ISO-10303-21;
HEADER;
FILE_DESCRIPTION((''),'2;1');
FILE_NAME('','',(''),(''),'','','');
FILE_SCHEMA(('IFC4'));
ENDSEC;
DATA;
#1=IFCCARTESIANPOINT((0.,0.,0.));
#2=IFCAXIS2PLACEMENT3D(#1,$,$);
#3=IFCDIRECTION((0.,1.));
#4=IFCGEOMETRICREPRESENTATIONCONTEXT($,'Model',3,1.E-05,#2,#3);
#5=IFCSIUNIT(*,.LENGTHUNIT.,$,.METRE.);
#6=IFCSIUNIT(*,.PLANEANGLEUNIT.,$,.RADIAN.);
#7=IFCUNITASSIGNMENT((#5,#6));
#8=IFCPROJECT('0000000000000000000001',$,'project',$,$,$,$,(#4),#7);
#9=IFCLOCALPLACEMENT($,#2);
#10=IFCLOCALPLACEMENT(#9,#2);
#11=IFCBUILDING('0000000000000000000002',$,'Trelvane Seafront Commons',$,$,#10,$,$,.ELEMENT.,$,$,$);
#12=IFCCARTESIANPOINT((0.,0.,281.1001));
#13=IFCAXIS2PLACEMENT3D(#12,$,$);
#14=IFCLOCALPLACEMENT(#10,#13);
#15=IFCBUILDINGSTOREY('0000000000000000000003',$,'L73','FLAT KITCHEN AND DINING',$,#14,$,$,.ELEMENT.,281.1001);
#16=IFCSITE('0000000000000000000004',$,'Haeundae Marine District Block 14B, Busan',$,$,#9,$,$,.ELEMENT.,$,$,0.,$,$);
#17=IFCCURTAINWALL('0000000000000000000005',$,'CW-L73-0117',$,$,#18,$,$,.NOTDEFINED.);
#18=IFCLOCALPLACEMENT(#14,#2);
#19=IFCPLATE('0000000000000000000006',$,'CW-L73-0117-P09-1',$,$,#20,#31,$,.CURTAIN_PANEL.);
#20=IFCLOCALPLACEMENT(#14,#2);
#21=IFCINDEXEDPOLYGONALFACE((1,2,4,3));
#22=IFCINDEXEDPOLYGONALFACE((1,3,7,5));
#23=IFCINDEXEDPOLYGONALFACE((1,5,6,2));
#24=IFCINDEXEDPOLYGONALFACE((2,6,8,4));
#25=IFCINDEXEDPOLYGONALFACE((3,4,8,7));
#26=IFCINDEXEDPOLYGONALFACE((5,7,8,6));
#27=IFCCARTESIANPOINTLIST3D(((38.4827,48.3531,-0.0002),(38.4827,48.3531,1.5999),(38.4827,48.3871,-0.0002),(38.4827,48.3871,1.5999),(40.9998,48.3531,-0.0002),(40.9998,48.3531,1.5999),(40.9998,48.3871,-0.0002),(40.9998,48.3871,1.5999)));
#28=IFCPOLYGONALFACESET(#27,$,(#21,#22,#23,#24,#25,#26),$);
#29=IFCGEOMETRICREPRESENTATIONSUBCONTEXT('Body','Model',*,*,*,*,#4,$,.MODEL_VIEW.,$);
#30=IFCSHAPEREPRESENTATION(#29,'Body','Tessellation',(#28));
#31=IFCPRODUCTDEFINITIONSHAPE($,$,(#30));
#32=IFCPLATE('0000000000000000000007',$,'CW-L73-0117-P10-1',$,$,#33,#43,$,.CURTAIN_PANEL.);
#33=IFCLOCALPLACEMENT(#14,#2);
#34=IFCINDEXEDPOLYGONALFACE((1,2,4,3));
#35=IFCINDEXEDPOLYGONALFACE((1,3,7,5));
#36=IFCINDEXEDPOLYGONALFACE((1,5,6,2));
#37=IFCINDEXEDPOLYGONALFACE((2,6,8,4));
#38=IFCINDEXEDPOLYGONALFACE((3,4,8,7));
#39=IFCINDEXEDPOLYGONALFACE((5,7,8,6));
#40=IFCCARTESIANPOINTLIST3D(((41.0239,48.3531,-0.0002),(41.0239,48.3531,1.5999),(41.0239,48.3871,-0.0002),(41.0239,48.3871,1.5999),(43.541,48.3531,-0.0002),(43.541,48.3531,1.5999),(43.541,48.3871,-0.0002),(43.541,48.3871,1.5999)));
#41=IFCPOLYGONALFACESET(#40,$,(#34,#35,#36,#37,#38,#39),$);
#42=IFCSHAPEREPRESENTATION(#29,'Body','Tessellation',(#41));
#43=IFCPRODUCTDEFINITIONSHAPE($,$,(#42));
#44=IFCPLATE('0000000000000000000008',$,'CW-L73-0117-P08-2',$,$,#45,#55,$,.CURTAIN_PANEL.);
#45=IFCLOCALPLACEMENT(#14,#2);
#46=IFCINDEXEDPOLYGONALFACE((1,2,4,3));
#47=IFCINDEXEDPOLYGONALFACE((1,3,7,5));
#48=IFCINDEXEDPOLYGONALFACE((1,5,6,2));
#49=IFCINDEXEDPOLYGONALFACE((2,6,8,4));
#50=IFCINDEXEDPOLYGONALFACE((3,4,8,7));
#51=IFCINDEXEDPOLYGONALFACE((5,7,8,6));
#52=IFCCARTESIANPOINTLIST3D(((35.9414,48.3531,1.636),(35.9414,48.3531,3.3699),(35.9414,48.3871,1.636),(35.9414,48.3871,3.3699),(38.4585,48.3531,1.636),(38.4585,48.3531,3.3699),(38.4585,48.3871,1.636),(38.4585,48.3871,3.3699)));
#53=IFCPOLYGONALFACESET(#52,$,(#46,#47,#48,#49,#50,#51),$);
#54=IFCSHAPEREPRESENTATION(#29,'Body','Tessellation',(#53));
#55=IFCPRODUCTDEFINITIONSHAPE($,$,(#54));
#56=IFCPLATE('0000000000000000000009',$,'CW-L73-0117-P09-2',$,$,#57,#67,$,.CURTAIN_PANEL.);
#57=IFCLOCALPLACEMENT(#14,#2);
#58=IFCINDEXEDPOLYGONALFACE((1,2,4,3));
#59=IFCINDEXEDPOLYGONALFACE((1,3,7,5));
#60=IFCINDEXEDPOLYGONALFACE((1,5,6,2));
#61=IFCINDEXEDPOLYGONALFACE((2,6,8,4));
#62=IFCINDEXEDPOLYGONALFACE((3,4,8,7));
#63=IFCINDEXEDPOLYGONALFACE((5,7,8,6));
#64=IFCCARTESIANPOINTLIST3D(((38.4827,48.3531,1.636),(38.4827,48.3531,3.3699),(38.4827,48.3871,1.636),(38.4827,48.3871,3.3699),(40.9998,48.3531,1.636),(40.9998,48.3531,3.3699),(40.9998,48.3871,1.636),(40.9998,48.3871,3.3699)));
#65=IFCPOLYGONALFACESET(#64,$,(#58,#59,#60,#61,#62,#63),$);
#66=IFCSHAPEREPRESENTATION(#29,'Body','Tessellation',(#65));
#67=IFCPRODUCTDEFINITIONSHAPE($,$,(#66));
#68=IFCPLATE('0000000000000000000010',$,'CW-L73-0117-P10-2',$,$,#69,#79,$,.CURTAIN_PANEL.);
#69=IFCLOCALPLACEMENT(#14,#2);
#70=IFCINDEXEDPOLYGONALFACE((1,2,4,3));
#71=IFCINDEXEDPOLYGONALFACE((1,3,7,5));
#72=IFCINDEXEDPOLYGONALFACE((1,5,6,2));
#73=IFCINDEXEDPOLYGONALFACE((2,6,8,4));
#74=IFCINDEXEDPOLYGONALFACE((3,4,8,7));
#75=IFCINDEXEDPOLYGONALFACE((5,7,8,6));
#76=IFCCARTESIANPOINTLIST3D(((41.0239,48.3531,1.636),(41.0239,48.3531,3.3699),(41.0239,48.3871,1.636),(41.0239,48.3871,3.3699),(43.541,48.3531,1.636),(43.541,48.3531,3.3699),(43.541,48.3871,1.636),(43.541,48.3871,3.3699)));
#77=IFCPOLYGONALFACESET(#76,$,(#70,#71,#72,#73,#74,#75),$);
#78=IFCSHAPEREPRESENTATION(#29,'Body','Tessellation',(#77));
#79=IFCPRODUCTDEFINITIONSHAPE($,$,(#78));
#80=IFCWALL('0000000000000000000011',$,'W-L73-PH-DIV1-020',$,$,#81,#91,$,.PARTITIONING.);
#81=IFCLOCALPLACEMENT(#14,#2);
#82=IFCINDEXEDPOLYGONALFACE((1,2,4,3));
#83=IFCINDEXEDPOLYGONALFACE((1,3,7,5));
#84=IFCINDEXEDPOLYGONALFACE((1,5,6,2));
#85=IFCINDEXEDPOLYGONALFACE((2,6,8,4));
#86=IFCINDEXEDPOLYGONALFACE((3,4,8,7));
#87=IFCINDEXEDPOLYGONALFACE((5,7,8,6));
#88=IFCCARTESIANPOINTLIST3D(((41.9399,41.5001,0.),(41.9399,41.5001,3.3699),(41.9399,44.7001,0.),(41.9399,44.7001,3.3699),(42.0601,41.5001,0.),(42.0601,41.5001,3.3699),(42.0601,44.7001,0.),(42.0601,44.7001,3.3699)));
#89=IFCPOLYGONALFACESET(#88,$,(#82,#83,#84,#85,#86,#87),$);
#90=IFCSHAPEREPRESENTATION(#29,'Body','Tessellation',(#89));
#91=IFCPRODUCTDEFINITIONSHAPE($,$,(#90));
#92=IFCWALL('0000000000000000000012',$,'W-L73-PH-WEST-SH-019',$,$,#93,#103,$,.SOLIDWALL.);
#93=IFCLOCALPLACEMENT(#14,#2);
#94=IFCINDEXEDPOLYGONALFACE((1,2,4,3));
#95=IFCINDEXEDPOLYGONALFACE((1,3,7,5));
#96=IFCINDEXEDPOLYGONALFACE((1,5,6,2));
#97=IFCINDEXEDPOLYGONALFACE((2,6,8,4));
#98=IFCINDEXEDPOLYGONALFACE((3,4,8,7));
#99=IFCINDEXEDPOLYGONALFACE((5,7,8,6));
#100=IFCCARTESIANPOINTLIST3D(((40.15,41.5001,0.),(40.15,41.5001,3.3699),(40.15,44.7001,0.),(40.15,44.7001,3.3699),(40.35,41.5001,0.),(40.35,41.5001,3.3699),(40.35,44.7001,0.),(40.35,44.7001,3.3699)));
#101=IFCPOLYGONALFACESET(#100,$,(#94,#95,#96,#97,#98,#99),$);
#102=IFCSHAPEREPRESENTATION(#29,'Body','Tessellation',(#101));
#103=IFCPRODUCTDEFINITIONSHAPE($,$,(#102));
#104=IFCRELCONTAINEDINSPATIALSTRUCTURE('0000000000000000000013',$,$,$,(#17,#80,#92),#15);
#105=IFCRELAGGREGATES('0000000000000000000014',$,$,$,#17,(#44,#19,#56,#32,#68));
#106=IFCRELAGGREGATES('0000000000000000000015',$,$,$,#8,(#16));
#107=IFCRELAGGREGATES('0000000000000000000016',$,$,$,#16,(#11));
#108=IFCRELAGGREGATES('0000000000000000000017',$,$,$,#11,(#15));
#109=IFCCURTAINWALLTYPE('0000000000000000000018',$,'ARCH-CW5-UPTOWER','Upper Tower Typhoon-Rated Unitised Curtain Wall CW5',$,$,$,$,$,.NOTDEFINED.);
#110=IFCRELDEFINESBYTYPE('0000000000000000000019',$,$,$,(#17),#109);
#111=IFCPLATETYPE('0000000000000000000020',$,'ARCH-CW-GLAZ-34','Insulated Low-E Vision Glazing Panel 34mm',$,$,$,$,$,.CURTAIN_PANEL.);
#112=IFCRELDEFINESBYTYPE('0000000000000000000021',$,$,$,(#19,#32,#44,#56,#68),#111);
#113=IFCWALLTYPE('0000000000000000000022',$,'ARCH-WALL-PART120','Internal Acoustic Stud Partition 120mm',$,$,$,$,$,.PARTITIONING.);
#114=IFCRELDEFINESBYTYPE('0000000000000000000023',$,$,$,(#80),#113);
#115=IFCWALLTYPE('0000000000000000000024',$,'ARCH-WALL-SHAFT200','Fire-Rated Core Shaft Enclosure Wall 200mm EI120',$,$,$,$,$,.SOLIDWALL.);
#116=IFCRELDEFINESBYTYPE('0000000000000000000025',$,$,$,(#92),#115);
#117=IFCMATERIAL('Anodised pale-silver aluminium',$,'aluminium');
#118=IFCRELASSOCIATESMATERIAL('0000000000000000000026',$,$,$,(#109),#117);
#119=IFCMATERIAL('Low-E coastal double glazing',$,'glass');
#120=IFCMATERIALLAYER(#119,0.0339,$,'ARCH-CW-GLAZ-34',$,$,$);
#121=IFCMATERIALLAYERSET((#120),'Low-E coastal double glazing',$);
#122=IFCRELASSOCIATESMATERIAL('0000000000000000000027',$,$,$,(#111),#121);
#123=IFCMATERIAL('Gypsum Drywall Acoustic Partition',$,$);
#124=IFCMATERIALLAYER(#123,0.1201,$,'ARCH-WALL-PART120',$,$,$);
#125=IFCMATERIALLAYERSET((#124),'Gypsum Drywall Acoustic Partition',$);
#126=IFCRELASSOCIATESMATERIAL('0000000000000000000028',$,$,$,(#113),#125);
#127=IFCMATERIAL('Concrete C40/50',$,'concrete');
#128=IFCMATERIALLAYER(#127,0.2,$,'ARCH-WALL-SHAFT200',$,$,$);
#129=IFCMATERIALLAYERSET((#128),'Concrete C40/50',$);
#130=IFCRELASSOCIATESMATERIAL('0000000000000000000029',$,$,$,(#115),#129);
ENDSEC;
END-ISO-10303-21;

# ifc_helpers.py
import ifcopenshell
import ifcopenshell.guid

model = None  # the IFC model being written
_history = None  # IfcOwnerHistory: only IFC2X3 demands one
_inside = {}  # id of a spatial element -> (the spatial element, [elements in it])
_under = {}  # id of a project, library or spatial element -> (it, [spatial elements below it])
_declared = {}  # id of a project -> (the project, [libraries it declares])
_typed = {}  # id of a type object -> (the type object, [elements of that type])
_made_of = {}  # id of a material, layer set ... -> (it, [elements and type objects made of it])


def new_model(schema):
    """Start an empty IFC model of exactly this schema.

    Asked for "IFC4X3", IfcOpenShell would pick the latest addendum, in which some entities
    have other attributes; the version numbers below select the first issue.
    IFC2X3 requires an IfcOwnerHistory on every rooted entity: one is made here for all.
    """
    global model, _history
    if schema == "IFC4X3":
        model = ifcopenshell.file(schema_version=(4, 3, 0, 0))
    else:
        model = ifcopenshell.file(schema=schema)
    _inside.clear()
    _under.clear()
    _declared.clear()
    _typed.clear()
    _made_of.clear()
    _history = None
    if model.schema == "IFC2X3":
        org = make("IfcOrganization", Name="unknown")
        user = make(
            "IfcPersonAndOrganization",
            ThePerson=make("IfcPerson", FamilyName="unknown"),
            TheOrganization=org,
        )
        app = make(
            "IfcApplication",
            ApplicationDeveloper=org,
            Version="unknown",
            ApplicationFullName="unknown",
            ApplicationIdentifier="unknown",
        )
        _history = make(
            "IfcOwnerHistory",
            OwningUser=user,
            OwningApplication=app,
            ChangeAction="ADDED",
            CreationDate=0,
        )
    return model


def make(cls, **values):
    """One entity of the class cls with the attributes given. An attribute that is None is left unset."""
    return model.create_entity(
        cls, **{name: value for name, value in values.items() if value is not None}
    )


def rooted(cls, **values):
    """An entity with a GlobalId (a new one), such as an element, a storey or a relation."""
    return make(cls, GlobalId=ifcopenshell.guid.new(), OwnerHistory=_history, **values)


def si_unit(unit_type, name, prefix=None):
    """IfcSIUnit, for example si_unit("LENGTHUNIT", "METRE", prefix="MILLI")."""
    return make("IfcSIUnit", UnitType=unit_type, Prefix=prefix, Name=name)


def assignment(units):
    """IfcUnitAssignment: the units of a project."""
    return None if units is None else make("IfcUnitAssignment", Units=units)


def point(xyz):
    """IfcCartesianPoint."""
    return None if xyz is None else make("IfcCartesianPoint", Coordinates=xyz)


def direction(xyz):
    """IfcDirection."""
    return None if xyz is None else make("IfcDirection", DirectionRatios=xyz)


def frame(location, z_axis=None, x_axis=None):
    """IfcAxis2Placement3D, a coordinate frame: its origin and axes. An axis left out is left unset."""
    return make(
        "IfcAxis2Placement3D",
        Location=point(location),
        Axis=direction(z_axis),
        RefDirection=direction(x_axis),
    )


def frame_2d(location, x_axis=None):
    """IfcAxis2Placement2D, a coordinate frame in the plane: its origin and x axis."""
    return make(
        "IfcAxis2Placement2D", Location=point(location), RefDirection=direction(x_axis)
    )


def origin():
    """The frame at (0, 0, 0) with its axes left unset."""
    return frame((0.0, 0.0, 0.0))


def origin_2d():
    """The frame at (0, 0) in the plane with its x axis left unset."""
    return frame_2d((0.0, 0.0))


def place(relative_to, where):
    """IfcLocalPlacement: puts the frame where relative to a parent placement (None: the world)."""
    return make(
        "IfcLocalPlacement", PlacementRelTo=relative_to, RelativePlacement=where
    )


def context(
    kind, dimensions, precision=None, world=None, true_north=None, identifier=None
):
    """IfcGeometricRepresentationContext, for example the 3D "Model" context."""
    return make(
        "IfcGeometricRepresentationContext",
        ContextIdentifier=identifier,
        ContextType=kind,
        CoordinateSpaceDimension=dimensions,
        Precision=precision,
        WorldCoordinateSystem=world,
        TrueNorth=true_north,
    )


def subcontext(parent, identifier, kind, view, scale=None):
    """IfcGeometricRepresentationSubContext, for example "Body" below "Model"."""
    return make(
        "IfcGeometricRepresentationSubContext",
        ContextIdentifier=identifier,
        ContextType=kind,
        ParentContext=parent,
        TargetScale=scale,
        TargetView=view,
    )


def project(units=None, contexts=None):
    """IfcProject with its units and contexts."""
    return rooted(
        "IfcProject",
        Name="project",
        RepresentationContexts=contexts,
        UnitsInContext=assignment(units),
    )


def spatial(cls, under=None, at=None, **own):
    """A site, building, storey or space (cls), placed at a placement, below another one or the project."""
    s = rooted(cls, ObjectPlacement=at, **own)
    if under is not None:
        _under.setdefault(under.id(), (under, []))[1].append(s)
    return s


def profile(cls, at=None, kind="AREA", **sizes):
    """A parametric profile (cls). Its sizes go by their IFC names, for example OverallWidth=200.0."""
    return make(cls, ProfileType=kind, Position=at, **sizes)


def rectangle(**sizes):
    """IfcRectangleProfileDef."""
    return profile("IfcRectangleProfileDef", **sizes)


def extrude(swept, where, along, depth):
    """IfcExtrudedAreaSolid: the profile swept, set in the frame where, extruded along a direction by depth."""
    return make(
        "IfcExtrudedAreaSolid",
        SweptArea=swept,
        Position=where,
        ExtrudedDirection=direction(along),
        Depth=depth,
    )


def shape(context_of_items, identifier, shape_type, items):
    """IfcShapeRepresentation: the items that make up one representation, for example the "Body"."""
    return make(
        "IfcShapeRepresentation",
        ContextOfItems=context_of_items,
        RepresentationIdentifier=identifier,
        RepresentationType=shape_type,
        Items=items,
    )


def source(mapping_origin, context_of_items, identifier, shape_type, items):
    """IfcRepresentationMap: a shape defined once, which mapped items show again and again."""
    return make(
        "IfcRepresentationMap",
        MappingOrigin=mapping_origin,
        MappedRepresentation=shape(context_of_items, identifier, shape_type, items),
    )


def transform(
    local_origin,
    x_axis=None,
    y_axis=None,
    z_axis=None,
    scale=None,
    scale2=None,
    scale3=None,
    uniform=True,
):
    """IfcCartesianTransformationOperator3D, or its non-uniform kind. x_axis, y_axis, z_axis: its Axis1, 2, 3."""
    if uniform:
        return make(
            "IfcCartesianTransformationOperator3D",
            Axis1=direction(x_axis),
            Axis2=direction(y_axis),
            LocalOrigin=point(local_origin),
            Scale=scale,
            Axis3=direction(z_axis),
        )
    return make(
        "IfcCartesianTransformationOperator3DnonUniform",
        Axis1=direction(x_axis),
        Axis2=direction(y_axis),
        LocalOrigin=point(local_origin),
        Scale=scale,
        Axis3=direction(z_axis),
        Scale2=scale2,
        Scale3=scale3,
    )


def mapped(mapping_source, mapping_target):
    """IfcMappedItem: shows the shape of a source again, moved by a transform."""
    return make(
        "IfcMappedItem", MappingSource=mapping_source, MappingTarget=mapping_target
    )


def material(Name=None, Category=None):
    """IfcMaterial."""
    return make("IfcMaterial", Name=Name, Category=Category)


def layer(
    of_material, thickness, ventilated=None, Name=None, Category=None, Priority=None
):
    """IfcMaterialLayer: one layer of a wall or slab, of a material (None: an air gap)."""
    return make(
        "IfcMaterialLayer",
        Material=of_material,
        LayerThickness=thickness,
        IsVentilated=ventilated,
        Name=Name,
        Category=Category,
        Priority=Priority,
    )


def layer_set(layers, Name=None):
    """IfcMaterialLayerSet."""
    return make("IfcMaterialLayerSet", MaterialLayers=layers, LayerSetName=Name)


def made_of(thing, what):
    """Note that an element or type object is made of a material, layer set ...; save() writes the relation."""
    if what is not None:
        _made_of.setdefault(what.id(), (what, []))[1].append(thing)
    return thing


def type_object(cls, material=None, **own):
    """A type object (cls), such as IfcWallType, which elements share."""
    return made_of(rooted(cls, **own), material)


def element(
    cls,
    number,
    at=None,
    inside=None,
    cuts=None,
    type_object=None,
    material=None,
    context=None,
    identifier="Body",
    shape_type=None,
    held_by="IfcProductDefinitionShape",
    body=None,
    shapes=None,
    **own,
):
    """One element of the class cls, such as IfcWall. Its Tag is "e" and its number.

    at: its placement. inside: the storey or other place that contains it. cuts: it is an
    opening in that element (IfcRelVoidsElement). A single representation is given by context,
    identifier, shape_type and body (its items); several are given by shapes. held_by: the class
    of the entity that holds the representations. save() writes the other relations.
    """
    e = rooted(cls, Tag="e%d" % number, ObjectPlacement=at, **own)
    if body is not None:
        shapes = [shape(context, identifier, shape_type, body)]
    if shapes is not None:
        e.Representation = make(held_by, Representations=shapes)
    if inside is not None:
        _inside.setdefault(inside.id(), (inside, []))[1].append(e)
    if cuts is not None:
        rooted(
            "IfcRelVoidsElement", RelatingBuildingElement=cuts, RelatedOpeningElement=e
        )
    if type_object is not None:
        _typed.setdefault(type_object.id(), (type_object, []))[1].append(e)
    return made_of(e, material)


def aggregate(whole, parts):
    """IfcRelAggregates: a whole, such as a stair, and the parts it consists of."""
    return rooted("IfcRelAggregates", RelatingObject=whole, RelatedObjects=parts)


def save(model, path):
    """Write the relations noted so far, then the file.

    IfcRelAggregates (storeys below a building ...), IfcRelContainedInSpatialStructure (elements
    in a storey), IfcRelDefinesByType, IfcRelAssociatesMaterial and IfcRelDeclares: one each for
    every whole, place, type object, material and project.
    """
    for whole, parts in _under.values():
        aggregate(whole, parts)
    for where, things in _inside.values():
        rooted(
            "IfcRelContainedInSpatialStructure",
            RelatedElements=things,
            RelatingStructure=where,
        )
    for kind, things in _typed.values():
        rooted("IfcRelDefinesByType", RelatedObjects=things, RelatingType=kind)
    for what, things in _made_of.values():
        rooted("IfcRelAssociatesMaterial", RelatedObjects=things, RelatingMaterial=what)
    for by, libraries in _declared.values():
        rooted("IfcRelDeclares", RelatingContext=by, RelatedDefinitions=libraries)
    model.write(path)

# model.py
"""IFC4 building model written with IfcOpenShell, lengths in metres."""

from ifc_helpers import new_model, si_unit, direction, frame, frame_2d, origin, origin_2d, place, context, subcontext, project, spatial, rectangle, extrude, source, transform, mapped, material, layer, layer_set, type_object, element, aggregate, save


model = new_model("IFC4")

# Units and contexts
model_context = context("Model", 3, precision=1e-05, world=origin(), true_north=direction((0.0, 1.0)))
body_context = subcontext(model_context, "Body", "Model", "MODEL_VIEW")
ifc_project = project(units=[si_unit("LENGTHUNIT", "METRE"), si_unit("PLANEANGLEUNIT", "RADIAN")], contexts=[model_context])

# Site, building, storey
site_placement = place(None, origin())
site = spatial("IfcSite", under=ifc_project, at=site_placement, Name="Haeundae Marine District Block 14B, Busan", CompositionType="ELEMENT", RefElevation=0.0)
building_placement = place(site_placement, origin())
building = spatial("IfcBuilding", under=site, at=building_placement, Name="Trelvane Seafront Commons", CompositionType="ELEMENT")
storey_placement = place(building_placement, frame((0.0, 0.0, 281.1001)))
storey = spatial("IfcBuildingStorey", under=building, at=storey_placement, Name="L73", Description="FLAT KITCHEN AND DINING", CompositionType="ELEMENT", Elevation=281.1001)

# Curtain wall
ifc_material_1 = material(Name="Anodised pale-silver aluminium", Category="aluminium")
curtain_wall_type = type_object("IfcCurtainWallType", Name="ARCH-CW5-UPTOWER", Description="Upper Tower Typhoon-Rated Unitised Curtain Wall CW5", PredefinedType="NOTDEFINED", material=ifc_material_1)
curtain_wall_placement = place(storey_placement, origin())
curtain_wall = element("IfcCurtainWall", 1, at=curtain_wall_placement, inside=storey, type_object=curtain_wall_type, Name="CW-L73-0117", PredefinedType="NOTDEFINED")

# Plates
ifc_material_2 = material(Name="Low-E coastal double glazing", Category="glass")
ifc_layer_1 = layer(ifc_material_2, 0.0339, Name="ARCH-CW-GLAZ-34")
ifc_layer_set_1 = layer_set([ifc_layer_1], Name="Low-E coastal double glazing")
plate_type_1 = type_object("IfcPlateType", Name="ARCH-CW-GLAZ-34", Description="Insulated Low-E Vision Glazing Panel 34mm", PredefinedType="CURTAIN_PANEL", material=ifc_layer_set_1)
shared_shape_1 = source(origin(), body_context, "Body", "SweptSolid", [
    extrude(rectangle(XDim=2.5171, YDim=0.0339, at=origin_2d()), origin(), (0.0, 0.0, 1.0), 1.6001),
])
plate_1_placement = place(storey_placement, frame((39.7412, 48.3701, -0.0002), z_axis=(0.0, 0.0, 1.0), x_axis=(1.0, 0.0, 0.0)))
plate_1 = element("IfcPlate", 2, at=plate_1_placement, type_object=plate_type_1, Name="CW-L73-0117-P09-1", PredefinedType="CURTAIN_PANEL", context=body_context, shape_type="MappedRepresentation", body=[
    mapped(shared_shape_1, transform((0.0, 0.0, 0.0), x_axis=(1.0, 0.0, 0.0), y_axis=(0.0, 1.0, 0.0), z_axis=(0.0, 0.0, 1.0), scale=1.0)),
])
plate_2_placement = place(storey_placement, frame((42.2825, 48.3701, -0.0002), z_axis=(0.0, 0.0, 1.0), x_axis=(1.0, 0.0, 0.0)))
plate_2 = element("IfcPlate", 3, at=plate_2_placement, type_object=plate_type_1, Name="CW-L73-0117-P10-1", PredefinedType="CURTAIN_PANEL", context=body_context, shape_type="MappedRepresentation", body=[
    mapped(shared_shape_1, transform((0.0, 0.0, 0.0), x_axis=(1.0, 0.0, 0.0), y_axis=(0.0, 1.0, 0.0), z_axis=(0.0, 0.0, 1.0), scale=1.0)),
])
shared_shape_2 = source(origin(), body_context, "Body", "SweptSolid", [
    extrude(rectangle(XDim=2.5171, YDim=0.0339, at=origin_2d()), origin(), (0.0, 0.0, 1.0), 1.7339),
])
plate_3_placement = place(storey_placement, frame((37.2, 48.3701, 1.636), z_axis=(0.0, 0.0, 1.0), x_axis=(1.0, 0.0, 0.0)))
plate_3 = element("IfcPlate", 4, at=plate_3_placement, type_object=plate_type_1, Name="CW-L73-0117-P08-2", PredefinedType="CURTAIN_PANEL", context=body_context, shape_type="MappedRepresentation", body=[
    mapped(shared_shape_2, transform((0.0, 0.0, 0.0), x_axis=(1.0, 0.0, 0.0), y_axis=(0.0, 1.0, 0.0), z_axis=(0.0, 0.0, 1.0), scale=1.0)),
])
plate_4_placement = place(storey_placement, frame((39.7412, 48.3701, 1.636), z_axis=(0.0, 0.0, 1.0), x_axis=(1.0, 0.0, 0.0)))
plate_4 = element("IfcPlate", 5, at=plate_4_placement, type_object=plate_type_1, Name="CW-L73-0117-P09-2", PredefinedType="CURTAIN_PANEL", context=body_context, shape_type="MappedRepresentation", body=[
    mapped(shared_shape_2, transform((0.0, 0.0, 0.0), x_axis=(1.0, 0.0, 0.0), y_axis=(0.0, 1.0, 0.0), z_axis=(0.0, 0.0, 1.0), scale=1.0)),
])
plate_5_placement = place(storey_placement, frame((42.2825, 48.3701, 1.636), z_axis=(0.0, 0.0, 1.0), x_axis=(1.0, 0.0, 0.0)))
plate_5 = element("IfcPlate", 6, at=plate_5_placement, type_object=plate_type_1, Name="CW-L73-0117-P10-2", PredefinedType="CURTAIN_PANEL", context=body_context, shape_type="MappedRepresentation", body=[
    mapped(shared_shape_2, transform((0.0, 0.0, 0.0), x_axis=(1.0, 0.0, 0.0), y_axis=(0.0, 1.0, 0.0), z_axis=(0.0, 0.0, 1.0), scale=1.0)),
])
aggregate(curtain_wall, [plate_3, plate_1, plate_4, plate_2, plate_5])

# Wall
ifc_material_3 = material(Name="Gypsum Drywall Acoustic Partition")
ifc_layer_2 = layer(ifc_material_3, 0.1201, Name="ARCH-WALL-PART120")
ifc_layer_set_2 = layer_set([ifc_layer_2], Name="Gypsum Drywall Acoustic Partition")
wall_type_1 = type_object("IfcWallType", Name="ARCH-WALL-PART120", Description="Internal Acoustic Stud Partition 120mm", PredefinedType="PARTITIONING", material=ifc_layer_set_2)
wall_1_placement = place(storey_placement, frame((42.0, 41.5, 0.0), z_axis=(0.0, 0.0, 1.0), x_axis=(0.0, 1.0, 0.0)))
element("IfcWall", 7, at=wall_1_placement, inside=storey, type_object=wall_type_1, Name="W-L73-PH-DIV1-020", PredefinedType="PARTITIONING", context=body_context, shape_type="SweptSolid", body=[
    extrude(rectangle(XDim=3.2, YDim=0.1201, at=frame_2d((1.6001, 0.0))), origin(), (0.0, 0.0, 1.0), 3.3699),
])

# Shared definitions
ifc_material_4 = material(Name="Concrete C40/50", Category="concrete")
ifc_layer_3 = layer(ifc_material_4, 0.2, Name="ARCH-WALL-SHAFT200")
ifc_layer_set_3 = layer_set([ifc_layer_3], Name="Concrete C40/50")
wall_type_2 = type_object("IfcWallType", Name="ARCH-WALL-SHAFT200", Description="Fire-Rated Core Shaft Enclosure Wall 200mm EI120", PredefinedType="SOLIDWALL", material=ifc_layer_set_3)

# Wall
wall_2_placement = place(storey_placement, frame((40.25, 41.5, 0.0), z_axis=(0.0, 0.0, 1.0), x_axis=(0.0, 1.0, 0.0)))
element("IfcWall", 8, at=wall_2_placement, inside=storey, type_object=wall_type_2, Name="W-L73-PH-WEST-SH-019", PredefinedType="SOLIDWALL", context=body_context, shape_type="SweptSolid", body=[
    extrude(rectangle(XDim=3.2, YDim=0.2, at=frame_2d((1.6001, 0.0))), origin(), (0.0, 0.0, 1.0), 3.3699),
])

save(model, "model.ifc")
